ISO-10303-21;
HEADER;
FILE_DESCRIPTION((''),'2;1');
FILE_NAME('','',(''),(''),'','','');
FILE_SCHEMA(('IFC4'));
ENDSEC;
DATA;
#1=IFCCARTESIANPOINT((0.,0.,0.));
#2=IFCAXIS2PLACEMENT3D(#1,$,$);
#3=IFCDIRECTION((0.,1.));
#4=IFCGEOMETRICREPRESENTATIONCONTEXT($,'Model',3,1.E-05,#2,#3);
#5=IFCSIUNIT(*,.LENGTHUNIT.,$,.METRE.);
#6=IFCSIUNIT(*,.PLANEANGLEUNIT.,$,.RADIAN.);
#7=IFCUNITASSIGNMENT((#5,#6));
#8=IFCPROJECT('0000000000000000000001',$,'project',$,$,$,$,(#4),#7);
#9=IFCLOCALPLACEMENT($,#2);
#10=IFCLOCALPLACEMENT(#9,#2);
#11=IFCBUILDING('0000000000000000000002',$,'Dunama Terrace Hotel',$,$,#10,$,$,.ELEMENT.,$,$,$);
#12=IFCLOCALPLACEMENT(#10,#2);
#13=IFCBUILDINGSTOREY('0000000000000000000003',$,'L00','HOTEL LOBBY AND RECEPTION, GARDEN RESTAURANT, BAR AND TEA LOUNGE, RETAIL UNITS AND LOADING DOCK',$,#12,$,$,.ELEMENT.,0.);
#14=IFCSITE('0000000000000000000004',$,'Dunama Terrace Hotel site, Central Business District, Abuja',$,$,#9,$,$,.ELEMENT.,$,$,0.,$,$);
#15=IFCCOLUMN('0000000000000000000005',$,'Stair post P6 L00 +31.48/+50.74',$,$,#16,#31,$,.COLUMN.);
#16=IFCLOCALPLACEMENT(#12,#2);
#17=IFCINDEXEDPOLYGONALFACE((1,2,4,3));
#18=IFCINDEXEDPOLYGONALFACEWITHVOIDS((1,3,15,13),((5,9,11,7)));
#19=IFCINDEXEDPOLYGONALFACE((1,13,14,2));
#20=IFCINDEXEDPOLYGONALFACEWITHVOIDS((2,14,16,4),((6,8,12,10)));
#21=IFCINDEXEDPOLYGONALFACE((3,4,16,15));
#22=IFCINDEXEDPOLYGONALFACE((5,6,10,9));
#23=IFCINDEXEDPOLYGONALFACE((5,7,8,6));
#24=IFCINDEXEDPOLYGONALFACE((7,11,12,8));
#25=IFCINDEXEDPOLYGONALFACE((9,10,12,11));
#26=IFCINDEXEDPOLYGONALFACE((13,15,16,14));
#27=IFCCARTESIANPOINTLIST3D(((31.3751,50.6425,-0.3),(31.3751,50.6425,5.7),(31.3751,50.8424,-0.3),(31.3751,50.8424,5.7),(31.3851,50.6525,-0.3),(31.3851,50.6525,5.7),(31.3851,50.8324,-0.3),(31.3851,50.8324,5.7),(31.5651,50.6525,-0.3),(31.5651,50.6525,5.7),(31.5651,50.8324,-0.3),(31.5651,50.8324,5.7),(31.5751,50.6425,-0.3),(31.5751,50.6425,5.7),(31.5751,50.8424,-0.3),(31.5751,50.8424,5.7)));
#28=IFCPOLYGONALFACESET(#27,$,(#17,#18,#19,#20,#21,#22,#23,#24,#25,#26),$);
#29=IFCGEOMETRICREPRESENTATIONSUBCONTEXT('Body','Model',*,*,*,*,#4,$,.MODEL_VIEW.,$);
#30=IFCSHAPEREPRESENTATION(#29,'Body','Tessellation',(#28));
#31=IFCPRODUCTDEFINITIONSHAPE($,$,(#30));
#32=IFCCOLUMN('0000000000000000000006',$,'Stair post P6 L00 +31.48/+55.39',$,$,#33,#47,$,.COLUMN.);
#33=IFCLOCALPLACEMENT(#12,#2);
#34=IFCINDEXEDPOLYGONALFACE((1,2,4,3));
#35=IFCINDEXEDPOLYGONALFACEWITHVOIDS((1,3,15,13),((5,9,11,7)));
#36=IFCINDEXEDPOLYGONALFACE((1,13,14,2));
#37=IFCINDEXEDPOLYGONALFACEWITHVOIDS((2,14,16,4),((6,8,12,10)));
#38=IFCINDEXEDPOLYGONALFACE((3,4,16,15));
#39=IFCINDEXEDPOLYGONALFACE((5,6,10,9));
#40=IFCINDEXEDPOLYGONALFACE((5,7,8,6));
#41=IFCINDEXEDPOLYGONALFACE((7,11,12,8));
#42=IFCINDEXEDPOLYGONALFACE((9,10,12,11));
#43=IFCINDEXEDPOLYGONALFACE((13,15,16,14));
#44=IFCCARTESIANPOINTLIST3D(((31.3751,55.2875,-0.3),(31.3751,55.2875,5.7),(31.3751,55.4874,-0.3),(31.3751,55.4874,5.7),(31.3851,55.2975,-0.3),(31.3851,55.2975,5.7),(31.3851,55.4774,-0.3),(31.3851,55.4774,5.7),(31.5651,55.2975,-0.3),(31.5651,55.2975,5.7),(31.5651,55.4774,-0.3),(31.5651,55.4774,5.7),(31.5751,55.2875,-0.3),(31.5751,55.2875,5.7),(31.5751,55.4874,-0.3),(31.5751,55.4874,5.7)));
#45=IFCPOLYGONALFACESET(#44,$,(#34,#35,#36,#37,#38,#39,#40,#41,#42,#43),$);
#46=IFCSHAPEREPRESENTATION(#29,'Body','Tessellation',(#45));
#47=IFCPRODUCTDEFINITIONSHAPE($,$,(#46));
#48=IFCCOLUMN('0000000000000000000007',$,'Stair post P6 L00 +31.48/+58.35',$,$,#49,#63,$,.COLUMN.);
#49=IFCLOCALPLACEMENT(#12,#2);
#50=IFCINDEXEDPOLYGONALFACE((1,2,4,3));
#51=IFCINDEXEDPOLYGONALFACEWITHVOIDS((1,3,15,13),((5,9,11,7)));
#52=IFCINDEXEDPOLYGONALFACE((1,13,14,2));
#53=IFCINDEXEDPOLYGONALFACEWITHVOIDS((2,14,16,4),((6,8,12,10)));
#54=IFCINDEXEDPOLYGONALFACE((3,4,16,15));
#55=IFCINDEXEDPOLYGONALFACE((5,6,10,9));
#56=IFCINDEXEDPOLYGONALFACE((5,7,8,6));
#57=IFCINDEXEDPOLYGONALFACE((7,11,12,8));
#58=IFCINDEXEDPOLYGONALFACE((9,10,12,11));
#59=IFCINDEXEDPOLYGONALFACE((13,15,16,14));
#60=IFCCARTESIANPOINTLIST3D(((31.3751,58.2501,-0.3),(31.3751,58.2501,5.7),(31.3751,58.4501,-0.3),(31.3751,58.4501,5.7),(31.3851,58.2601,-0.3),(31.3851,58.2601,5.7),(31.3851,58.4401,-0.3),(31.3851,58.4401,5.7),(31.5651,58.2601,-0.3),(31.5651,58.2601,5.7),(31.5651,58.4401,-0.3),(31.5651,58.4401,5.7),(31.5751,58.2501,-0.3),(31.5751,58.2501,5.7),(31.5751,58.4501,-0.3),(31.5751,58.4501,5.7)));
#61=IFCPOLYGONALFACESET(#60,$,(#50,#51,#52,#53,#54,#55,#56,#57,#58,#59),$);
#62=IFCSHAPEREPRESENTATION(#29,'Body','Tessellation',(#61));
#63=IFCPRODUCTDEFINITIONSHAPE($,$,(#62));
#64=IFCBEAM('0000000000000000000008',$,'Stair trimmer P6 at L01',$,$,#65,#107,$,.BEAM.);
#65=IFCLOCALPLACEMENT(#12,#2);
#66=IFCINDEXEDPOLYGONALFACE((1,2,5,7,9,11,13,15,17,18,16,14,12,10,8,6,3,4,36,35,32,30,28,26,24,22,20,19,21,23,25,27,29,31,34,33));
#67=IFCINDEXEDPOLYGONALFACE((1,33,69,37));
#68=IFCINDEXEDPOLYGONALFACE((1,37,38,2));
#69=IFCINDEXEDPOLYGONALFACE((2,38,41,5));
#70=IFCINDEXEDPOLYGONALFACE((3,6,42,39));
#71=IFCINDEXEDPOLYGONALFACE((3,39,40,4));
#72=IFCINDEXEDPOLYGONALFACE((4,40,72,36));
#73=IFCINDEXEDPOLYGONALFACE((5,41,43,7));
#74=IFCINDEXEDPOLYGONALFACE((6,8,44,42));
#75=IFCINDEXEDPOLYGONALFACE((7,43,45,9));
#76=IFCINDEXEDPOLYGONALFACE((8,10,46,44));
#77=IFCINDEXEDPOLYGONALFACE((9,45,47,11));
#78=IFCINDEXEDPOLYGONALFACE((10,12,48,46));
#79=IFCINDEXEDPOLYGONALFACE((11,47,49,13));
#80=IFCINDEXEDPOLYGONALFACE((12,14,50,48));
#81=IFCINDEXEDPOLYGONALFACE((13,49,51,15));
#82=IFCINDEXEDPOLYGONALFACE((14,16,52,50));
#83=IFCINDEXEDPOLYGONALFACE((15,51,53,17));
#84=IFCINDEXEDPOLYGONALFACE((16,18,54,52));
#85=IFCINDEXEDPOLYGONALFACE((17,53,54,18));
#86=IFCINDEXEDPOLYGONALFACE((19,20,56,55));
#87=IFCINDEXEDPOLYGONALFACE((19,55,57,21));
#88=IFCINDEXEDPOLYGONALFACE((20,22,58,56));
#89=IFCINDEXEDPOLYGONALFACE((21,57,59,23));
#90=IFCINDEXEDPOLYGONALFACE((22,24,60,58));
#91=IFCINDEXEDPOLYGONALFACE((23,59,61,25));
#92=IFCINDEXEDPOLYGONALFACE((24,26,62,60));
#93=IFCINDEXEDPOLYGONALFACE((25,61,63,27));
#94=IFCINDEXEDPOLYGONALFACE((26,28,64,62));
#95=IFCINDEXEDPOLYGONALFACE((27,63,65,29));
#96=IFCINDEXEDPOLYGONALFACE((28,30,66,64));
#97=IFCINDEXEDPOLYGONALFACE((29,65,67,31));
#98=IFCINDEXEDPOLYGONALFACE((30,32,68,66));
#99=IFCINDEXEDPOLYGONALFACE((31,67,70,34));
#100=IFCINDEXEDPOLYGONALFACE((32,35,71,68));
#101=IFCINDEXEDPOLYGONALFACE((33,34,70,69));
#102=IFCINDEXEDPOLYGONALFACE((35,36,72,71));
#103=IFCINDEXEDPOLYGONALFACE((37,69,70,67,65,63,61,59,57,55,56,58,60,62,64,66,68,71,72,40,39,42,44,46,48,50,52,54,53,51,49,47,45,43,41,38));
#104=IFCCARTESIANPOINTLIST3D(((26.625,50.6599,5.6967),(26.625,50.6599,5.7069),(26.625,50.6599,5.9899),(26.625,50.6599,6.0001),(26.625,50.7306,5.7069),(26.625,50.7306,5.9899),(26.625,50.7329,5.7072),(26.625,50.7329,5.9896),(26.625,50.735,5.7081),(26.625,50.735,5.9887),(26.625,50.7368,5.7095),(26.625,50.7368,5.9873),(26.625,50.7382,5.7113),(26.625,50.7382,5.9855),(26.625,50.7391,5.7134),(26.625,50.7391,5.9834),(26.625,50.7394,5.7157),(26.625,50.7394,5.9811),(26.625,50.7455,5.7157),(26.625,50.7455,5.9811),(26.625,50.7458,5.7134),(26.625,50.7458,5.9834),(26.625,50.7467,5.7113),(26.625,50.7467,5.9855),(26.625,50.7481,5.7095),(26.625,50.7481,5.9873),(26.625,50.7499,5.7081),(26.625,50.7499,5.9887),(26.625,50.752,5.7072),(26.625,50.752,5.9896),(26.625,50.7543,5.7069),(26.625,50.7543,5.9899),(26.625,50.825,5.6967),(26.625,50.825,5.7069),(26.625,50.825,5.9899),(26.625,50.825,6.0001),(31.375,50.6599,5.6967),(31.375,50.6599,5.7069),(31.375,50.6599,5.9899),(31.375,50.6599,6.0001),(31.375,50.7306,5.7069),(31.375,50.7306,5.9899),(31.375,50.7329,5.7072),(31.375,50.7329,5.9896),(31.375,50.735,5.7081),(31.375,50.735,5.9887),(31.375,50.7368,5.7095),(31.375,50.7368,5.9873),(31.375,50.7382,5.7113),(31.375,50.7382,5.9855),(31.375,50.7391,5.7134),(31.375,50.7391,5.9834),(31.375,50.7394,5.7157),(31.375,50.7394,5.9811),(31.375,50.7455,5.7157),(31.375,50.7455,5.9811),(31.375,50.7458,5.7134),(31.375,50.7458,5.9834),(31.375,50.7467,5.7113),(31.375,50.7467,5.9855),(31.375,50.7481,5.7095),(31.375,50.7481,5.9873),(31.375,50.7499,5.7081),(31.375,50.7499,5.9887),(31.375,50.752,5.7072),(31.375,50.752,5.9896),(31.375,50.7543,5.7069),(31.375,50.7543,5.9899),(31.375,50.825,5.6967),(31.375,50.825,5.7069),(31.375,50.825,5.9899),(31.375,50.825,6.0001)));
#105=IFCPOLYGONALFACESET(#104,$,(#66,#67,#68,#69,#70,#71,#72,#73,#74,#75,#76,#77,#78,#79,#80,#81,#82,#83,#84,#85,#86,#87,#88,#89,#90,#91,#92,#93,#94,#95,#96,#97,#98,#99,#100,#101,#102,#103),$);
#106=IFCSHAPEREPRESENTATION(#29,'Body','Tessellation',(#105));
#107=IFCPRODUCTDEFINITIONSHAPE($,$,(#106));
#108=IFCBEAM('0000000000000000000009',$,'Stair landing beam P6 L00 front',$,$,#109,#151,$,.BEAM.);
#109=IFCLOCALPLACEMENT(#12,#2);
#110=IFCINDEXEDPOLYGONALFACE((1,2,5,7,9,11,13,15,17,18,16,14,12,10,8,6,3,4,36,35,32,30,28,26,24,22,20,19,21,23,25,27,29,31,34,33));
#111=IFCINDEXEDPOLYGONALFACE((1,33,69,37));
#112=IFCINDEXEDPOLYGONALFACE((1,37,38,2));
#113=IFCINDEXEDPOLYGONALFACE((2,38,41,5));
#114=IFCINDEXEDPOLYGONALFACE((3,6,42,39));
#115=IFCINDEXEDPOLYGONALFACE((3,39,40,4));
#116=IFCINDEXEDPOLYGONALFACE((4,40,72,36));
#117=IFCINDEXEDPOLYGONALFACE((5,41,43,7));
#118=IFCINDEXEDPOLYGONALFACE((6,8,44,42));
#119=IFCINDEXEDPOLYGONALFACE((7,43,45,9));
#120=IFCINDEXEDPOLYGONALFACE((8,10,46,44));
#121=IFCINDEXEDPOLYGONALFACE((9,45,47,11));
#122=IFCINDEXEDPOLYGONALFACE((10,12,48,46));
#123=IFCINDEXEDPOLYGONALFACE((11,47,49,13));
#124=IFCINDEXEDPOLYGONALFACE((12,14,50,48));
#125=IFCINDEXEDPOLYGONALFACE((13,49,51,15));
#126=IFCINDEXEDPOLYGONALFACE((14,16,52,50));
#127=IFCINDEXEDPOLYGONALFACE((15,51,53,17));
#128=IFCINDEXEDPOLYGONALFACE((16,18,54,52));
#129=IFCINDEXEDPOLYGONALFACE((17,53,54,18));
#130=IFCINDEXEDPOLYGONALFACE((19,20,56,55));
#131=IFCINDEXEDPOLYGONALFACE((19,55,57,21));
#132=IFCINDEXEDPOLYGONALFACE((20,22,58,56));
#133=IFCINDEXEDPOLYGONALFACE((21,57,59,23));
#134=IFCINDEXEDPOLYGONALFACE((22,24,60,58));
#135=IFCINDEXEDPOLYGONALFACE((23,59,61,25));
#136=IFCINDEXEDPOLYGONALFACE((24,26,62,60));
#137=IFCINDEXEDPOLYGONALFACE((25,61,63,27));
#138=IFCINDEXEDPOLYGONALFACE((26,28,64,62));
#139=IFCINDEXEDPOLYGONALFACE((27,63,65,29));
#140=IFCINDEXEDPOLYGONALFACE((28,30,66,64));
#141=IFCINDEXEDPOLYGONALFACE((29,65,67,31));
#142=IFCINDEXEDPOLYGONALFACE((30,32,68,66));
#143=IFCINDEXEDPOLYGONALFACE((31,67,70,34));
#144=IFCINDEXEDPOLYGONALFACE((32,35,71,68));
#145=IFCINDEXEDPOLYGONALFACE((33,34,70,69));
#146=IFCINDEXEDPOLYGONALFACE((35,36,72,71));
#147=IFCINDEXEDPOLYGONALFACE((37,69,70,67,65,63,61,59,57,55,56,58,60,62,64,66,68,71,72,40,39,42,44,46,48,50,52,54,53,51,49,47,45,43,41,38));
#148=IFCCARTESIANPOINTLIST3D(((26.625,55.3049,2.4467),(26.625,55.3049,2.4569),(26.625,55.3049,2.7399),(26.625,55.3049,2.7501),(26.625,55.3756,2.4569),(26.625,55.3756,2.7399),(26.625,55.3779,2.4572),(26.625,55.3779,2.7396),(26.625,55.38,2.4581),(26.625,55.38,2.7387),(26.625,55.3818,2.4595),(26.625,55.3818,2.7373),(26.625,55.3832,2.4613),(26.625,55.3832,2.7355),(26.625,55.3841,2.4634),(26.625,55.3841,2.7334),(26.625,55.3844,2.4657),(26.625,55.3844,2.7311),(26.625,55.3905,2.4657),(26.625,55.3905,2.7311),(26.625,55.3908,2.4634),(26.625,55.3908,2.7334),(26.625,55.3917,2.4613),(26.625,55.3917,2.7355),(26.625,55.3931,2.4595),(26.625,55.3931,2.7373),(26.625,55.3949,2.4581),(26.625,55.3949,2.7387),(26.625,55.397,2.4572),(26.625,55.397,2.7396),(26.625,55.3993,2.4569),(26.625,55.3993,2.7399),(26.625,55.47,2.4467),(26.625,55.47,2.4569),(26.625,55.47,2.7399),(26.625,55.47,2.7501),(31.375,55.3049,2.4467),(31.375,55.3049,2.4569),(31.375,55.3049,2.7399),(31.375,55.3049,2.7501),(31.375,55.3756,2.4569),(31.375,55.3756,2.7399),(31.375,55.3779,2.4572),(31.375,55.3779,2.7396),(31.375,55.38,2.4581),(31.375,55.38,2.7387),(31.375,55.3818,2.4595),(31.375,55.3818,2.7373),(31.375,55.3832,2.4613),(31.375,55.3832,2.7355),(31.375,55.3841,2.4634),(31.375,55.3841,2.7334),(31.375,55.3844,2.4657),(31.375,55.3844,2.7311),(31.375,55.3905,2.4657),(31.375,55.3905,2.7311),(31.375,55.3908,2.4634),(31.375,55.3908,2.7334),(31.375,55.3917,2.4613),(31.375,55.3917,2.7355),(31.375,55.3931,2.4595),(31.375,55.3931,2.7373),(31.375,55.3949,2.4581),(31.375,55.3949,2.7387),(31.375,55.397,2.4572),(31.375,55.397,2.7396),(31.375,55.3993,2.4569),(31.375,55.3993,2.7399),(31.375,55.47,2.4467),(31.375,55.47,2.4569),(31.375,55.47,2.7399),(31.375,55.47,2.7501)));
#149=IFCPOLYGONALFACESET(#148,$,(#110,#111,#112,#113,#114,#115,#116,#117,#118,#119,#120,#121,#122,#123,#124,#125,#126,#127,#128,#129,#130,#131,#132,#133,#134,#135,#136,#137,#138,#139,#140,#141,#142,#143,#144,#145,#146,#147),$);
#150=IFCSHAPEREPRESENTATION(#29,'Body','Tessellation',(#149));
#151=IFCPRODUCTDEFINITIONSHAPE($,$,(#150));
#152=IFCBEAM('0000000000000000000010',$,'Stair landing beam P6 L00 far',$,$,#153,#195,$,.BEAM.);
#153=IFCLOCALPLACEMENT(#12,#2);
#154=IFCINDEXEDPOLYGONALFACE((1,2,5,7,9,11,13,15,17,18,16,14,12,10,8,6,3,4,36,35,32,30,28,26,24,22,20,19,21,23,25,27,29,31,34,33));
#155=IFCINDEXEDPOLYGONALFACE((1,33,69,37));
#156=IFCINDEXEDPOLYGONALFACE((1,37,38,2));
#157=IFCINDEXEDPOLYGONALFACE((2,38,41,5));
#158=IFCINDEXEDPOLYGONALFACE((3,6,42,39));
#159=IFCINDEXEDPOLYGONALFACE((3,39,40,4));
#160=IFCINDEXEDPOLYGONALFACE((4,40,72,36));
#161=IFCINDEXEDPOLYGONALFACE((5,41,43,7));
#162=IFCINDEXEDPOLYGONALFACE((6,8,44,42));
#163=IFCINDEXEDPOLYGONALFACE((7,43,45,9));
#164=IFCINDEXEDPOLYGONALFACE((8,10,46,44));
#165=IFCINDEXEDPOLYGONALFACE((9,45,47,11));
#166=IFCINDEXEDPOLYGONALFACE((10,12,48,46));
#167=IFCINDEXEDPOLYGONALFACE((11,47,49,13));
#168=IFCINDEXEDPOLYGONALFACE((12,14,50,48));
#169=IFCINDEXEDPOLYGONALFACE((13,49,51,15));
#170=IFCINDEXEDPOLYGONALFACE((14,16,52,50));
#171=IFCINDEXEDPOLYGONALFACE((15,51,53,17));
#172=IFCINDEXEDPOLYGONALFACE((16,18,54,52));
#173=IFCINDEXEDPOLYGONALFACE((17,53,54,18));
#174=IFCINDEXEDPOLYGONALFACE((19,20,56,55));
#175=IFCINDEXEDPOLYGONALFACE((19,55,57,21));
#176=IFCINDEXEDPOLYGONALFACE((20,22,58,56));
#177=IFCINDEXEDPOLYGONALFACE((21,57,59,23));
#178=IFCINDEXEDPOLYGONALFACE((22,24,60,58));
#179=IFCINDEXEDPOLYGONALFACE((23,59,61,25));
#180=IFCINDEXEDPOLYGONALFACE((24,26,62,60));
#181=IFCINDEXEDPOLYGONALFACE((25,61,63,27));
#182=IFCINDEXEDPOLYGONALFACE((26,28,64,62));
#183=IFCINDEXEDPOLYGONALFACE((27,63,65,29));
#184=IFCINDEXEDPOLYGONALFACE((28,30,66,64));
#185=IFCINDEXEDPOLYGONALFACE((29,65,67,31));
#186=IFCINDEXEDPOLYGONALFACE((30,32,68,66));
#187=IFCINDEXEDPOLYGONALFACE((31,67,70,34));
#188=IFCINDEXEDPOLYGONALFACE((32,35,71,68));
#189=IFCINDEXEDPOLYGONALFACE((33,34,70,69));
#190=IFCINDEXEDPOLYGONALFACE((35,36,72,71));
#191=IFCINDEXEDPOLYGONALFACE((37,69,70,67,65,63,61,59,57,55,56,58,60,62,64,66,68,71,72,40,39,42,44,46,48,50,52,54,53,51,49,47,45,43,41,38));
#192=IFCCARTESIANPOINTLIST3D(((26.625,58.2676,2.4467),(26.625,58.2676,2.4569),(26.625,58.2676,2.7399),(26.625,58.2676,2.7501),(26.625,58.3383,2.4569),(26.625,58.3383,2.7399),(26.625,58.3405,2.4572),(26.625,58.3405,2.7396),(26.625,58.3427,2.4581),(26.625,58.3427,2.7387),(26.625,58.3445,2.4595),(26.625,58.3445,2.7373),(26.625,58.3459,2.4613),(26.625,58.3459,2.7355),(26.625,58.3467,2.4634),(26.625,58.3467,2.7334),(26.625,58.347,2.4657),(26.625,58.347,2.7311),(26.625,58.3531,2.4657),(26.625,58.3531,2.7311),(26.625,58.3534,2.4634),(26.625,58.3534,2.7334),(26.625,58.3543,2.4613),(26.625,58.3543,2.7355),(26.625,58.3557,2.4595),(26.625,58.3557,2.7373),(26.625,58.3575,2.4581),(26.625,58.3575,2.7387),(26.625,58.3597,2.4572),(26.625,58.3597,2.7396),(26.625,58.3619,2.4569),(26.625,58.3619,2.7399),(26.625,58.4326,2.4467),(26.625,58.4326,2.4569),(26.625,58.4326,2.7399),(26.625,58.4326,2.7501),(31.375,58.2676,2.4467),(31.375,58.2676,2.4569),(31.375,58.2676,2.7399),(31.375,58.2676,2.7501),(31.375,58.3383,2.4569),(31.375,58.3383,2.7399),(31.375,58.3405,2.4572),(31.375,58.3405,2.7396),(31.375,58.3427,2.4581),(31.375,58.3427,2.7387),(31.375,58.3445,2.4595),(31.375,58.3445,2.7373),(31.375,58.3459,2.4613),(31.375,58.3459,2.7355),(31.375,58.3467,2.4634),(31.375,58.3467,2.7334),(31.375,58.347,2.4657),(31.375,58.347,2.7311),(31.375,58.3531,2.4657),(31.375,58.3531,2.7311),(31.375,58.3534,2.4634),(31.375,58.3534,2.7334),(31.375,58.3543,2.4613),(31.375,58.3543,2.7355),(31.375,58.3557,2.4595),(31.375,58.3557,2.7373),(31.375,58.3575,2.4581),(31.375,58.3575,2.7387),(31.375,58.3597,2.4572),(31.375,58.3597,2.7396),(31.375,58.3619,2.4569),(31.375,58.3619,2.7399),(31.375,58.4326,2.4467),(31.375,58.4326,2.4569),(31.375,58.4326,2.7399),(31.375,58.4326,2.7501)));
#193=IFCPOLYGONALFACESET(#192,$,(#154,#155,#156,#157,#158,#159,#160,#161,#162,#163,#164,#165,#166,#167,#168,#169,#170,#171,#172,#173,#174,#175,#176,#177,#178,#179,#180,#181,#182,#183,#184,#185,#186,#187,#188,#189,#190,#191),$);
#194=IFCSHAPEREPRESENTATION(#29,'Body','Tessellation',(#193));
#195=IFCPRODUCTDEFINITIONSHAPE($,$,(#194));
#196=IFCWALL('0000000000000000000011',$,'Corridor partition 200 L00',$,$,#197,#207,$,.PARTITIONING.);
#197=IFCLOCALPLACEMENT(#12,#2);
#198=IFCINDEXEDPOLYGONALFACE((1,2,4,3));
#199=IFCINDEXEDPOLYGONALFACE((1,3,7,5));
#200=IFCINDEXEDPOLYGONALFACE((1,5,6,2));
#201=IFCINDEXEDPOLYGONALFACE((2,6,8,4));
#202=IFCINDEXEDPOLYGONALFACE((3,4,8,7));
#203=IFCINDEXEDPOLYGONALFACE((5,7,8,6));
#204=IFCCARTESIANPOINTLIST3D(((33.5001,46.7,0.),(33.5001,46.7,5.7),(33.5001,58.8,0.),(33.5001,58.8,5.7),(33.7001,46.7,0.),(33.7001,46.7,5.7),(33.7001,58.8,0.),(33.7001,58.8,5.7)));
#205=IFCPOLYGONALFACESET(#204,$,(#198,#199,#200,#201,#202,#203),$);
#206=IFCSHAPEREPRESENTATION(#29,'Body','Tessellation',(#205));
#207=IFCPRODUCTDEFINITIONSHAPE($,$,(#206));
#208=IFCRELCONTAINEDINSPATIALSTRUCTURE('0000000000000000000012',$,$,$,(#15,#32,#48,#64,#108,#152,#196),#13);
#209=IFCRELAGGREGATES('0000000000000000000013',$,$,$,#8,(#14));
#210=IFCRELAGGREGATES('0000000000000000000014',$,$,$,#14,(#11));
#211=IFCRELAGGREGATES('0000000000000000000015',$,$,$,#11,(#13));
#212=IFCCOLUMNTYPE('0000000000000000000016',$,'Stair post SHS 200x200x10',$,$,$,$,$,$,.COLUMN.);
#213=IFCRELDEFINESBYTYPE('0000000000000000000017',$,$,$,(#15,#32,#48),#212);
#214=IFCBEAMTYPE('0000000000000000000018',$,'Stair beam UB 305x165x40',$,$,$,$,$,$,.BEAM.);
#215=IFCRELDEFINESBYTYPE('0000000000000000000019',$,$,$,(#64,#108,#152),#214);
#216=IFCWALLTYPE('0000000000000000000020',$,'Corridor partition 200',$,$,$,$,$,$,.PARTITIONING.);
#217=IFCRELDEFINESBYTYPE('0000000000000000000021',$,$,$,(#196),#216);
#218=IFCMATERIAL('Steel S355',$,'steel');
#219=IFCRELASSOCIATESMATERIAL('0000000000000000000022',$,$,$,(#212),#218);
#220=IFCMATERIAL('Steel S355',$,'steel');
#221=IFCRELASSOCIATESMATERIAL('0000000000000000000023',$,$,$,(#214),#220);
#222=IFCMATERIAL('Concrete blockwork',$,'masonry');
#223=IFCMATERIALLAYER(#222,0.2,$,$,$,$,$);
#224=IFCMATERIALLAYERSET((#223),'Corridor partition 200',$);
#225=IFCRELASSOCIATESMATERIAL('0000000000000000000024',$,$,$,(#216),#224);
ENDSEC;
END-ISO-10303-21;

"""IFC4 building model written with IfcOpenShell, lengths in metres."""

from ifc_helpers import new_model, si_unit, direction, frame, frame_2d, origin, origin_2d, place, context, subcontext, project, spatial, rectangle, hollow_rectangle, i_section, extrude, material, layer, layer_set, material_profile, profile_set, type_object, element, save


model = new_model("IFC4")

# Units and contexts
model_context = context("Model", 3, precision=1e-05, world=origin(), true_north=direction((0.0, 1.0)))
body_context = subcontext(model_context, "Body", "Model", "MODEL_VIEW")
ifc_project = project(units=[si_unit("LENGTHUNIT", "METRE"), si_unit("PLANEANGLEUNIT", "RADIAN")], contexts=[model_context])

# Site, building, storey
site_placement = place(None, origin())
site = spatial("IfcSite", under=ifc_project, at=site_placement, Name="Dunama Terrace Hotel site, Central Business District, Abuja", CompositionType="ELEMENT", RefElevation=0.0)
building_placement = place(site_placement, origin())
building = spatial("IfcBuilding", under=site, at=building_placement, Name="Dunama Terrace Hotel", CompositionType="ELEMENT")
storey_placement = place(building_placement, origin())
storey = spatial("IfcBuildingStorey", under=building, at=storey_placement, Name="L00", Description="HOTEL LOBBY AND RECEPTION, GARDEN RESTAURANT, BAR AND TEA LOUNGE, RETAIL UNITS AND LOADING DOCK", CompositionType="ELEMENT", Elevation=0.0)

# Columns
ifc_material_1 = material(Name="Steel S355", Category="steel")
ifc_material_profile_1 = material_profile(ifc_material_1, hollow_rectangle(XDim=0.2, YDim=0.2, WallThickness=0.01, at=origin_2d()), Name="SHS 200x200x10")
ifc_profile_set_1 = profile_set([ifc_material_profile_1], Name="Steel S355")
column_type = type_object("IfcColumnType", Name="Stair post SHS 200x200x10", PredefinedType="COLUMN", material=ifc_profile_set_1)
for number, where, z_axis, x_axis, name in (
    (1, (31.4751, 50.7424, -0.3), (0.0, 0.0, 1.0), (1.0, 0.0, 0.0), "Stair post P6 L00 +31.48/+50.74"),
    (2, (31.4751, 55.3875, -0.3), (0.0, 0.0, 1.0), (1.0, 0.0, 0.0), "Stair post P6 L00 +31.48/+55.39"),
    (3, (31.4751, 58.3501, -0.3), (0.0, 0.0, 1.0), (1.0, 0.0, 0.0), "Stair post P6 L00 +31.48/+58.35"),
):
    element("IfcColumn", number, at=place(storey_placement, frame(where, z_axis=z_axis, x_axis=x_axis)), inside=storey, type_object=column_type, Name=name, PredefinedType="COLUMN", context=body_context, shape_type="SweptSolid", body=[
        extrude(hollow_rectangle(XDim=0.2, YDim=0.2, WallThickness=0.01, at=origin_2d()), origin(), (0.0, 0.0, 1.0), 6.0),
    ])

# Beams
ifc_material_2 = material(Name="Steel S355", Category="steel")
ifc_material_profile_2 = material_profile(ifc_material_2, i_section(OverallWidth=0.165, OverallDepth=0.3035, WebThickness=0.0061, FlangeThickness=0.0103, FilletRadius=0.0088, at=origin_2d()), Name="UB 305x165x40")
ifc_profile_set_2 = profile_set([ifc_material_profile_2], Name="Steel S355")
beam_type = type_object("IfcBeamType", Name="Stair beam UB 305x165x40", PredefinedType="BEAM", material=ifc_profile_set_2)
for number, where, z_axis, x_axis, name in (
    (4, (26.625, 50.7424, 5.8484), (1.0, 0.0, 0.0), (0.0, 1.0, 0.0), "Stair trimmer P6 at L01"),
    (5, (26.625, 55.3875, 2.5984), (1.0, 0.0, 0.0), (0.0, 1.0, 0.0), "Stair landing beam P6 L00 front"),
    (6, (26.625, 58.3501, 2.5984), (1.0, 0.0, 0.0), (0.0, 1.0, 0.0), "Stair landing beam P6 L00 far"),
):
    element("IfcBeam", number, at=place(storey_placement, frame(where, z_axis=z_axis, x_axis=x_axis)), inside=storey, type_object=beam_type, Name=name, PredefinedType="BEAM", context=body_context, shape_type="SweptSolid", body=[
        extrude(i_section(OverallWidth=0.165, OverallDepth=0.3035, WebThickness=0.0061, FlangeThickness=0.0103, FilletRadius=0.0088, at=origin_2d()), origin(), (0.0, 0.0, 1.0), 4.75),
    ])

# Wall
ifc_material_3 = material(Name="Concrete blockwork", Category="masonry")
ifc_layer_1 = layer(ifc_material_3, 0.2)
ifc_layer_set_1 = layer_set([ifc_layer_1], Name="Corridor partition 200")
wall_type_1 = type_object("IfcWallType", Name="Corridor partition 200", PredefinedType="PARTITIONING", material=ifc_layer_set_1)
wall_1_placement = place(storey_placement, frame((33.6001, 46.7, 0.0), z_axis=(0.0, 0.0, 1.0), x_axis=(0.0, 1.0, 0.0)))
element("IfcWall", 7, at=wall_1_placement, inside=storey, type_object=wall_type_1, Name="Corridor partition 200 L00", PredefinedType="PARTITIONING", context=body_context, shape_type="SweptSolid", body=[
    extrude(rectangle(XDim=12.1001, YDim=0.2, at=frame_2d((6.05, 0.0))), origin(), (0.0, 0.0, 1.0), 5.7),
])

save(model, "model.ifc")
